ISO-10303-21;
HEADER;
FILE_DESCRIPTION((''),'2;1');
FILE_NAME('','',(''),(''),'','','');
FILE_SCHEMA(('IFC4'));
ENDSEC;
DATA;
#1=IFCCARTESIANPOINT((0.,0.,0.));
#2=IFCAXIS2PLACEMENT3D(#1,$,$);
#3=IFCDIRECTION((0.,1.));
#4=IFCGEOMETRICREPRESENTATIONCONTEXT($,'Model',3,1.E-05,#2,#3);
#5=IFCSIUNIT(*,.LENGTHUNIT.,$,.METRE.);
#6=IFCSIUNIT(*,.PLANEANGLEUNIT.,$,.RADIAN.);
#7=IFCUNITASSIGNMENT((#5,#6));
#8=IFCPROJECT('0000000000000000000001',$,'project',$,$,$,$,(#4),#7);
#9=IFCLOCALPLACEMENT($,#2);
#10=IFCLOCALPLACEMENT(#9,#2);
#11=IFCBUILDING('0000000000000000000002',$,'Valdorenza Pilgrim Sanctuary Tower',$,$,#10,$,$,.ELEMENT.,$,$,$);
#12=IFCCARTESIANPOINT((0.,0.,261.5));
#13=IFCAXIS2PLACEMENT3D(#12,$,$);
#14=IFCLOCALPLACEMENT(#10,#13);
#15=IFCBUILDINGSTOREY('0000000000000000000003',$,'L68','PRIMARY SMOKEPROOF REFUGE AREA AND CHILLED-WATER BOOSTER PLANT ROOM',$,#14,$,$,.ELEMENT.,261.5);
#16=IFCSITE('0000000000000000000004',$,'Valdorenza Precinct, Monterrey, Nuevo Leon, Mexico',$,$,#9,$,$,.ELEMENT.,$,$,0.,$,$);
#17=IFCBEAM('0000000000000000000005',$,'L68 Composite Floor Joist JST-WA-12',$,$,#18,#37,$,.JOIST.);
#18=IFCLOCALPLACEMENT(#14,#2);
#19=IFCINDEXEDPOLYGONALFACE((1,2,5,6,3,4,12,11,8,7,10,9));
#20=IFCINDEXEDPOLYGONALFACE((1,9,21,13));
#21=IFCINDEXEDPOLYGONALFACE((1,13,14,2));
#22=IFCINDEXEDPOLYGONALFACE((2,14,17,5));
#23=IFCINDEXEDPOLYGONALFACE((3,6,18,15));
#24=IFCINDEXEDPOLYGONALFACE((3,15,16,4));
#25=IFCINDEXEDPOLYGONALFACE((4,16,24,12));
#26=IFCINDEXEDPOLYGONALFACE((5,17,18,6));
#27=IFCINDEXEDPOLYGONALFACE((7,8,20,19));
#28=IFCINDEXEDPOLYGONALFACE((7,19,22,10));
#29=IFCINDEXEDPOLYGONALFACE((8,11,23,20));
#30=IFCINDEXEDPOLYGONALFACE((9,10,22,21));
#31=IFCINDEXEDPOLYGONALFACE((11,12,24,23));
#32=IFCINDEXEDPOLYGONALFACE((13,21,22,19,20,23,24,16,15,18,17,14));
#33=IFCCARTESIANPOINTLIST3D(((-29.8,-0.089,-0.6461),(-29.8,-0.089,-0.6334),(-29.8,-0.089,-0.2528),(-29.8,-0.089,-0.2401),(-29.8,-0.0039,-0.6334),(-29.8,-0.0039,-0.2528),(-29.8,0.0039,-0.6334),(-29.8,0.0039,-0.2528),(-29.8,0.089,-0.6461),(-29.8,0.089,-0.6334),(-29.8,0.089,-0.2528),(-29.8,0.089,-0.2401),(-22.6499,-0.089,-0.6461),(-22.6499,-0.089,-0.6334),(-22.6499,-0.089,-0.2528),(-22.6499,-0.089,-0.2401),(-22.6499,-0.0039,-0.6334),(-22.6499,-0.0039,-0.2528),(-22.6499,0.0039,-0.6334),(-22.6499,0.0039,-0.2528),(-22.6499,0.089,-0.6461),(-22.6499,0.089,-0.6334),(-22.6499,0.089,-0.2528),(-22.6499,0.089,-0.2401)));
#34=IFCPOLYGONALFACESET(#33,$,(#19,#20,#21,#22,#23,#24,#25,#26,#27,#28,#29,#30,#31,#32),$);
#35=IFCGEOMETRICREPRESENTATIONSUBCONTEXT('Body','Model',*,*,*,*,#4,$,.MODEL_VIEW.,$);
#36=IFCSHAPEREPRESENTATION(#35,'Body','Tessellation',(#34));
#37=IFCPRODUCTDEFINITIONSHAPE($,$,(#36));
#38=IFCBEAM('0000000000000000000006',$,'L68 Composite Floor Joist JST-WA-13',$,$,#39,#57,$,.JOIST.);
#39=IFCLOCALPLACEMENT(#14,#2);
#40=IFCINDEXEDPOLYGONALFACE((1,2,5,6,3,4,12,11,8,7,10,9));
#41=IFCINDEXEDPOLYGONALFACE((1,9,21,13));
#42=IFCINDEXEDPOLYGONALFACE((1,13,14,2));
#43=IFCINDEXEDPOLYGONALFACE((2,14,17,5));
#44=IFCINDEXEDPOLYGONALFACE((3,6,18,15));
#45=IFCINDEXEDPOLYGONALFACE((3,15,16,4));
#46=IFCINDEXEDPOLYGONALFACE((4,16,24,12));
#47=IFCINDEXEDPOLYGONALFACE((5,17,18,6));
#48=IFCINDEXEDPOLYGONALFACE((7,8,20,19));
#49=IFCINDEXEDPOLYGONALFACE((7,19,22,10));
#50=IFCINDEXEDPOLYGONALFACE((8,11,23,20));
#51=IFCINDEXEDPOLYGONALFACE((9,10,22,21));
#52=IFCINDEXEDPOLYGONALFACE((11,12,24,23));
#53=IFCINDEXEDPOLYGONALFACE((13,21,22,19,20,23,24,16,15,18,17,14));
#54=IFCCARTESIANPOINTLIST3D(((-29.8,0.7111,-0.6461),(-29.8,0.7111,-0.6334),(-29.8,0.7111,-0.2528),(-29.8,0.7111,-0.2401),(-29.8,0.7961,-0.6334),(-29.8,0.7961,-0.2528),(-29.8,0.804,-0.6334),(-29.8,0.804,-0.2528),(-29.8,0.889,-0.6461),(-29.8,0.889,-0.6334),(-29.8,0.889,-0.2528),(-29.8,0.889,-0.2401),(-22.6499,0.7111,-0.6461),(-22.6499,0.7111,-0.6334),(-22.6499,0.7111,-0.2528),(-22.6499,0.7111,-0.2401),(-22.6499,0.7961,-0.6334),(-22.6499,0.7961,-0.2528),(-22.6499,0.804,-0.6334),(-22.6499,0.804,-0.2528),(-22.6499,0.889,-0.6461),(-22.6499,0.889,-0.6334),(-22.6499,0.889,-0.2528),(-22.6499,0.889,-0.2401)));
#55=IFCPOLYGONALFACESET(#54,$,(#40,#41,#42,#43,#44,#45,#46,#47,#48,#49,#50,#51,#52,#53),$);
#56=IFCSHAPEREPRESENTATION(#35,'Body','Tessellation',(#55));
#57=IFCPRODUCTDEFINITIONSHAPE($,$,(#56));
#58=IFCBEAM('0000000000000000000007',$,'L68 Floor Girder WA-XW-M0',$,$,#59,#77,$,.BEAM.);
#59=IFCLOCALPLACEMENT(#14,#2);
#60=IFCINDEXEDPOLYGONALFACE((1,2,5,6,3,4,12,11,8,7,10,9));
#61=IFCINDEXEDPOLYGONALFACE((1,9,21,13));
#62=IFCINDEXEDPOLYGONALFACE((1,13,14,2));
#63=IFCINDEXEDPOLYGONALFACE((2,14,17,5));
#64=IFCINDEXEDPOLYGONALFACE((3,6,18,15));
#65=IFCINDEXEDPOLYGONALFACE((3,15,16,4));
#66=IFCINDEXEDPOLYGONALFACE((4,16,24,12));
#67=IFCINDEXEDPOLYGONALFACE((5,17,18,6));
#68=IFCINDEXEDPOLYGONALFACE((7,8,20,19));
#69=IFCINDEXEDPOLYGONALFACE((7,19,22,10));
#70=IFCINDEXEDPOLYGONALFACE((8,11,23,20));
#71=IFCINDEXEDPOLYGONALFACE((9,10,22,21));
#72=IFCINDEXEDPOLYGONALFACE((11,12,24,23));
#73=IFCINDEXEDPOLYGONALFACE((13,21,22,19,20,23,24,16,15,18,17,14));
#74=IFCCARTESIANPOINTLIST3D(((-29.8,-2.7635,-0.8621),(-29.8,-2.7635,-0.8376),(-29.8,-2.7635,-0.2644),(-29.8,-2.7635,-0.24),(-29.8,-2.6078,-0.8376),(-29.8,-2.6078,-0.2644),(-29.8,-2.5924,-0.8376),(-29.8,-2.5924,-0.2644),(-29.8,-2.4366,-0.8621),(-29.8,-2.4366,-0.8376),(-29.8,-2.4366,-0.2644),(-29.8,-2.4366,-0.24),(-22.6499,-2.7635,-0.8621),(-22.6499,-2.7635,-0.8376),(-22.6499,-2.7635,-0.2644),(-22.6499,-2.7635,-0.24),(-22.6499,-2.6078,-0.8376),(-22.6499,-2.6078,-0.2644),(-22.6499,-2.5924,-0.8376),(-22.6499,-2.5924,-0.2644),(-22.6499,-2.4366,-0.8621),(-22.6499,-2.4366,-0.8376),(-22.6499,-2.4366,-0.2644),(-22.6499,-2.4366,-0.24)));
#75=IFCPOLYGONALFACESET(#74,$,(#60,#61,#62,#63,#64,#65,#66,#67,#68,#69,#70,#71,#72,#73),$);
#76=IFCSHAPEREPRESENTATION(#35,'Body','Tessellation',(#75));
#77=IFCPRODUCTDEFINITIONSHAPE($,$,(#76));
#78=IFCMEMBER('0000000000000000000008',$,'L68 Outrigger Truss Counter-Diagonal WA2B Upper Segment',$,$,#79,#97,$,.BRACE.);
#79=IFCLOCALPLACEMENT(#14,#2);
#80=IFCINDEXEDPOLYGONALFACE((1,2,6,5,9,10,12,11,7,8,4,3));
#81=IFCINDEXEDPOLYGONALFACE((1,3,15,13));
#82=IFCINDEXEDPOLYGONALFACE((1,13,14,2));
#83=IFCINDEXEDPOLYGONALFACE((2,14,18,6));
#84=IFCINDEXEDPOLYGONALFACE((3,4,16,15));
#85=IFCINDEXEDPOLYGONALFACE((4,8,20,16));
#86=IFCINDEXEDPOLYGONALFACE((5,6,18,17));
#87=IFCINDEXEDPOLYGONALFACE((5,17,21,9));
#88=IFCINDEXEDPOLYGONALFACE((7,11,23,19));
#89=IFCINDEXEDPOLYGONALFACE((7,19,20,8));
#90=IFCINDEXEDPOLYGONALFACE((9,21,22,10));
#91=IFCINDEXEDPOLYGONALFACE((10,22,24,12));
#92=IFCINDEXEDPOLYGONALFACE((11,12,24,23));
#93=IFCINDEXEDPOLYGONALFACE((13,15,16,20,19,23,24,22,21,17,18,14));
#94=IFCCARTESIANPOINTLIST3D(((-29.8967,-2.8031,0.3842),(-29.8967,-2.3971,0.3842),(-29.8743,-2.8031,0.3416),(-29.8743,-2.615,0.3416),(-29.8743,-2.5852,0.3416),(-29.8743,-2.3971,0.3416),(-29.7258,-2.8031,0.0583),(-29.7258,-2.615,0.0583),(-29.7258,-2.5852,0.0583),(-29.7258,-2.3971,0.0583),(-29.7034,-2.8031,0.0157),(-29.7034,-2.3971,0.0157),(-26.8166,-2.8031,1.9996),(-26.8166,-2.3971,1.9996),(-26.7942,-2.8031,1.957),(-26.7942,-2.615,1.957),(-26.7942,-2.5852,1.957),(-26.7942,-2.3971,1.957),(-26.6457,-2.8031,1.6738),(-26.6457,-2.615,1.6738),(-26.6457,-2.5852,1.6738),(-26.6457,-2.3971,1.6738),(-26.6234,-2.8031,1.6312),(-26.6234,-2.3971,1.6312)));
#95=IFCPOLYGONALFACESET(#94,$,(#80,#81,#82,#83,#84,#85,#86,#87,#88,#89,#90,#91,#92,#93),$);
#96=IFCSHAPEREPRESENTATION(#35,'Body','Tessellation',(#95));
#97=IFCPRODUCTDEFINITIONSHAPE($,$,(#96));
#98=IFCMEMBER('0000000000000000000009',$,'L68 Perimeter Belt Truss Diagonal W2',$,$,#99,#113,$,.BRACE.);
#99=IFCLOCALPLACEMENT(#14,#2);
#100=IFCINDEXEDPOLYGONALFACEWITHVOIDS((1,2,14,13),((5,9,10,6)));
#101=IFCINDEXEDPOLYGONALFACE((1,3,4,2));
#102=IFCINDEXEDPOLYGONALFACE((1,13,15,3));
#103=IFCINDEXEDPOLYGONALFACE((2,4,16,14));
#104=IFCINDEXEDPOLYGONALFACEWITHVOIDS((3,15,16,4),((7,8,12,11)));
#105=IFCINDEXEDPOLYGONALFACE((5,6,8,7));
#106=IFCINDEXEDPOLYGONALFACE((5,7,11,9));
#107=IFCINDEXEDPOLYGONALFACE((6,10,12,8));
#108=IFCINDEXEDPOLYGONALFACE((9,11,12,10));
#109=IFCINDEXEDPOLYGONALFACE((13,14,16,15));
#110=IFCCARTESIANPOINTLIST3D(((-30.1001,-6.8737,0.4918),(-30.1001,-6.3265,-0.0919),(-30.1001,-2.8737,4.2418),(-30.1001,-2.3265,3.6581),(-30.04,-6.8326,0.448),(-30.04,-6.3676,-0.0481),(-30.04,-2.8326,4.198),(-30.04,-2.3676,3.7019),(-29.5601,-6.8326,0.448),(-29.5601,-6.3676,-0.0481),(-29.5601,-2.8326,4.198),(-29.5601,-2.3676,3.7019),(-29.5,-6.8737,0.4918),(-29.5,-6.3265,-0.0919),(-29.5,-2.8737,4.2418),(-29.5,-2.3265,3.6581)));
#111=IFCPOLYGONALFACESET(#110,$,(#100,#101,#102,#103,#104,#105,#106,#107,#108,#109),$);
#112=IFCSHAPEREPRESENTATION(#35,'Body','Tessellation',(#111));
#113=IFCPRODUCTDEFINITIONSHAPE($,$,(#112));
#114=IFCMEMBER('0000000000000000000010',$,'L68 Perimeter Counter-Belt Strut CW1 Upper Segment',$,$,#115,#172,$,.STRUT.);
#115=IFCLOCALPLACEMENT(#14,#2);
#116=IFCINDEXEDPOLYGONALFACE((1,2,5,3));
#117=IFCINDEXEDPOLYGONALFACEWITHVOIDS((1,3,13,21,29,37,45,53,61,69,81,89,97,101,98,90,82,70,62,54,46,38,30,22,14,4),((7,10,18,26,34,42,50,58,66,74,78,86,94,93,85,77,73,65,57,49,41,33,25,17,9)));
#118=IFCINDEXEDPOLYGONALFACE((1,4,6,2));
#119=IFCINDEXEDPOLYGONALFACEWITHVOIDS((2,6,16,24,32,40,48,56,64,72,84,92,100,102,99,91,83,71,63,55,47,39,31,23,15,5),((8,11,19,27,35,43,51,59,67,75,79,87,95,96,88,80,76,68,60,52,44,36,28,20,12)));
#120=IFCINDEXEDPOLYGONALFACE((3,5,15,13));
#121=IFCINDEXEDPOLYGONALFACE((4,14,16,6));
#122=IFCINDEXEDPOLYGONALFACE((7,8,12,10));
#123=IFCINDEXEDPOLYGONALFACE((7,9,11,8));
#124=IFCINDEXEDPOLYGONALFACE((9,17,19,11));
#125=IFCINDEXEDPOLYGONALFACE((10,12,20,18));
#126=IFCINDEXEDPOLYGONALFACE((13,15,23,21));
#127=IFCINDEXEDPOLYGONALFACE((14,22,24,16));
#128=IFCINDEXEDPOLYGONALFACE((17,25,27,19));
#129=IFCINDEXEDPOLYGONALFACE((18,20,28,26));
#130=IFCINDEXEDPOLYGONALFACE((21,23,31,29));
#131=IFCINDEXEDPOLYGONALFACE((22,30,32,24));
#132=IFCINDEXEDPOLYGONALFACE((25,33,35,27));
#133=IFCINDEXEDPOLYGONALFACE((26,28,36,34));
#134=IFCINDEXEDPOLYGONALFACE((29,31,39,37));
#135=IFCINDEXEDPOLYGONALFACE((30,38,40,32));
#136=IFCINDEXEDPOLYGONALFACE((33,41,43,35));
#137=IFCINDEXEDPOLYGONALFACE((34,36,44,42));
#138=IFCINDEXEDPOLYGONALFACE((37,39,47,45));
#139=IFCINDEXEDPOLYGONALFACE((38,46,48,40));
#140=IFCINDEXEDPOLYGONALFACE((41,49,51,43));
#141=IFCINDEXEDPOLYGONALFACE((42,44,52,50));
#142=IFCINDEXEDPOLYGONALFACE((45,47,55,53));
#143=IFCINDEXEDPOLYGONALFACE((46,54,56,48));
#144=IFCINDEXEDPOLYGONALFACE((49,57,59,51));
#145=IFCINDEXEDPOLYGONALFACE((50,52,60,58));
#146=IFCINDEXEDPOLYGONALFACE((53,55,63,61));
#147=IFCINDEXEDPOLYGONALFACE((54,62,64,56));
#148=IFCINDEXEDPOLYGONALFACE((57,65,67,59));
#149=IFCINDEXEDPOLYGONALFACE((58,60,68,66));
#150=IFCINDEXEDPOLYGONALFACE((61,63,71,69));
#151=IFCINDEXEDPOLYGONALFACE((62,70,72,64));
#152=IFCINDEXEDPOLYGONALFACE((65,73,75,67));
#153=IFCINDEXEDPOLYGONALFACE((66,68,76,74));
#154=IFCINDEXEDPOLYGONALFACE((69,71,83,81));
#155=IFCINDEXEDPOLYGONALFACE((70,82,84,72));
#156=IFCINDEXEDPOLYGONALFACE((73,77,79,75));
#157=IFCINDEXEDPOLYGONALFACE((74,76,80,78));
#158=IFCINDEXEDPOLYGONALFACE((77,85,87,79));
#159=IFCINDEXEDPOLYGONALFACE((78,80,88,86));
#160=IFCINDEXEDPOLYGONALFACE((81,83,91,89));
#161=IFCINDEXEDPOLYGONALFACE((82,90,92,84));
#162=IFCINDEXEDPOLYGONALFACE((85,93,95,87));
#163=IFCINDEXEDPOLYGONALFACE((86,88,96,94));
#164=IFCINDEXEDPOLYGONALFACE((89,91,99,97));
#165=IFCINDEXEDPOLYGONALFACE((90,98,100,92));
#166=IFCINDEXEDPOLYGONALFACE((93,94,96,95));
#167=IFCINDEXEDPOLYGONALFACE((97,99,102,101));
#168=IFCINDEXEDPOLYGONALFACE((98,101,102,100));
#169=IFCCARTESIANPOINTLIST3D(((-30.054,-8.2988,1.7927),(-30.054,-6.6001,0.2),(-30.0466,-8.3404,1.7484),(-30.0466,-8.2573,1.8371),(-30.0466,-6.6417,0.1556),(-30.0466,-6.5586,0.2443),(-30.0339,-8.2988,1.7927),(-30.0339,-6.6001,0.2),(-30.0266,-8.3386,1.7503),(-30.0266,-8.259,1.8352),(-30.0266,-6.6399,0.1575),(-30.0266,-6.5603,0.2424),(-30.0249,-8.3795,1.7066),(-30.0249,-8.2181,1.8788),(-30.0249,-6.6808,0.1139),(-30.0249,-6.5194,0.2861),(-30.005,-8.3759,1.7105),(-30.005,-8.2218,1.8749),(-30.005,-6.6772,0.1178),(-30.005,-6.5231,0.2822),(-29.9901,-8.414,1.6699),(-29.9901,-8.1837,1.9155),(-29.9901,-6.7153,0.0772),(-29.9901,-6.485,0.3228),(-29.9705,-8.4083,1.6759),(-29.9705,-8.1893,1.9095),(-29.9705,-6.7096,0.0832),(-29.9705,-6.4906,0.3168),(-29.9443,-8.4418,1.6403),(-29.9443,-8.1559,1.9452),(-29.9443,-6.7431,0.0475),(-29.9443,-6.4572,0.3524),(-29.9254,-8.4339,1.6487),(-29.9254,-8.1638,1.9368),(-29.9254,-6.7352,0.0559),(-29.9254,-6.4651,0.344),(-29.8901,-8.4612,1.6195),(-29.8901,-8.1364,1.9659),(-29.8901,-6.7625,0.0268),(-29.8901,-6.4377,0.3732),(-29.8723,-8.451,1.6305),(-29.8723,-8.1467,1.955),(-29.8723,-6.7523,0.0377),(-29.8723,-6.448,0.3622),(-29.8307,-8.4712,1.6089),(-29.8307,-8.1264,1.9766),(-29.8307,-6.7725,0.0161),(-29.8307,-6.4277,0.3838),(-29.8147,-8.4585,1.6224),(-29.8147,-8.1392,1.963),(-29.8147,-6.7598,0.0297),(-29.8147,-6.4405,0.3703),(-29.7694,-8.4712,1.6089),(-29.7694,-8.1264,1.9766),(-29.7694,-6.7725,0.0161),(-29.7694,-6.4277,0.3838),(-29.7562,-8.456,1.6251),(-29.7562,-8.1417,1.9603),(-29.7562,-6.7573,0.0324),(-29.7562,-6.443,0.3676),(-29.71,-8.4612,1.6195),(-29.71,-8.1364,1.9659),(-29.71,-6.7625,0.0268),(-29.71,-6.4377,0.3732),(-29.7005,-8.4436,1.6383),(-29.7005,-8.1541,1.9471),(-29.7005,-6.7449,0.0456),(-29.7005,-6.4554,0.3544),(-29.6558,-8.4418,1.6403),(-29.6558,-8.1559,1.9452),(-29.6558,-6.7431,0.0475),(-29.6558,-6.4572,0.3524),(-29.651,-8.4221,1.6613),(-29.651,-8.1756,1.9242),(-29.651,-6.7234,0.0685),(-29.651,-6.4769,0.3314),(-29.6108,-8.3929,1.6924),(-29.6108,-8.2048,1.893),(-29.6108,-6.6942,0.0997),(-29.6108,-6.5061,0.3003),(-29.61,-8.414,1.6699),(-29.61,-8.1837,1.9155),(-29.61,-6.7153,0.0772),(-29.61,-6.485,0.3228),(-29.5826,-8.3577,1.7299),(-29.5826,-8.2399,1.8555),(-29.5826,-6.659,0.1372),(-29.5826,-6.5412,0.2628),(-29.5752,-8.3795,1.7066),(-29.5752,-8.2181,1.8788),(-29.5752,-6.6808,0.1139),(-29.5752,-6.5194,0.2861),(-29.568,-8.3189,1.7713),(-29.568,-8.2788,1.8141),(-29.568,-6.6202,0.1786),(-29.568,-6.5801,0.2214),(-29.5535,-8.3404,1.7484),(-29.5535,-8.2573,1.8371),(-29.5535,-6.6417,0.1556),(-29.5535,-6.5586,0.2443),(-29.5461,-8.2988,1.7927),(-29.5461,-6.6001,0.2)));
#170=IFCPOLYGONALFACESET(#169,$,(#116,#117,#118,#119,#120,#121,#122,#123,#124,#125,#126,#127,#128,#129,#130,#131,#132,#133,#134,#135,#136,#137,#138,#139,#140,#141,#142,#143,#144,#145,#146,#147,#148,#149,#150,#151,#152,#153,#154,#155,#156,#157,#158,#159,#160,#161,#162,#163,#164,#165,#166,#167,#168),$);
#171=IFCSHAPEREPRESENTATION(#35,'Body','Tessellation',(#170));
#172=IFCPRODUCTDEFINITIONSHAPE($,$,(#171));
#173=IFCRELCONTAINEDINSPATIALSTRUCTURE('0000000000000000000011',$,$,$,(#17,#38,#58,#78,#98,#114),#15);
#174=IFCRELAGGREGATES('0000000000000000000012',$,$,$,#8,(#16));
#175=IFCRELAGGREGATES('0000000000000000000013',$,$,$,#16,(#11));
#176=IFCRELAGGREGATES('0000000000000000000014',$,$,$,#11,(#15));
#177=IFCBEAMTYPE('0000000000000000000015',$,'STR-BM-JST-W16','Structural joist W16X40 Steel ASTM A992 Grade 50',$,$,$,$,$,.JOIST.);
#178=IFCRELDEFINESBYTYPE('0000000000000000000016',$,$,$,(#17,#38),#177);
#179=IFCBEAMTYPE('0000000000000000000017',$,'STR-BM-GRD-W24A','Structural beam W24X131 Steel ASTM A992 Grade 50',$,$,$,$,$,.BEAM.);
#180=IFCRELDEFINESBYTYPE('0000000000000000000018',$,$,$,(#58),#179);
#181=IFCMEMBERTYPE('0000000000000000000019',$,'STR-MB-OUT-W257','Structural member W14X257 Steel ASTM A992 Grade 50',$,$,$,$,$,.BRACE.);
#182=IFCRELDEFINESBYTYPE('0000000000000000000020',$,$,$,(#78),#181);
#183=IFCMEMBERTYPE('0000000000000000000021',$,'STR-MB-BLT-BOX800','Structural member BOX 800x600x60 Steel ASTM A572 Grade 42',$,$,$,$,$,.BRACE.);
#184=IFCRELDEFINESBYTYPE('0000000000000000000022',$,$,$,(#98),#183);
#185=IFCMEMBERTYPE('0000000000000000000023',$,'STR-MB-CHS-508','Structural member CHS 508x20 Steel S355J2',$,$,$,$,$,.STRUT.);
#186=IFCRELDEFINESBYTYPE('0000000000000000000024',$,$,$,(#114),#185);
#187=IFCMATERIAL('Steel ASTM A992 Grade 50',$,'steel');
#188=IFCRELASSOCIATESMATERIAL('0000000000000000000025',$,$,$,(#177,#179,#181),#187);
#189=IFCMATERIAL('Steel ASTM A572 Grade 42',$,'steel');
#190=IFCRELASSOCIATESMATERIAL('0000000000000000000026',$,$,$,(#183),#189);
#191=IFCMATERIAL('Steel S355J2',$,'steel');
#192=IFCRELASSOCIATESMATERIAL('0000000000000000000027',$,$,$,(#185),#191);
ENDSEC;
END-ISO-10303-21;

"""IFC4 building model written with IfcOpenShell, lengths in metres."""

from ifc_helpers import new_model, si_unit, direction, frame, origin, origin_2d, place, context, subcontext, project, spatial, hollow_rectangle, hollow_circle, i_section, extrude, source, transform, mapped, material, material_profile, profile_set, type_object, element, save


model = new_model("IFC4")

# Units and contexts
model_context = context("Model", 3, precision=1e-05, world=origin(), true_north=direction((0.0, 1.0)))
body_context = subcontext(model_context, "Body", "Model", "MODEL_VIEW")
ifc_project = project(units=[si_unit("LENGTHUNIT", "METRE"), si_unit("PLANEANGLEUNIT", "RADIAN")], contexts=[model_context])

# Site, building, storey
site_placement = place(None, origin())
site = spatial("IfcSite", under=ifc_project, at=site_placement, Name="Valdorenza Precinct, Monterrey, Nuevo Leon, Mexico", CompositionType="ELEMENT", RefElevation=0.0)
building_placement = place(site_placement, origin())
building = spatial("IfcBuilding", under=site, at=building_placement, Name="Valdorenza Pilgrim Sanctuary Tower", CompositionType="ELEMENT")
storey_placement = place(building_placement, frame((0.0, 0.0, 261.5)))
storey = spatial("IfcBuildingStorey", under=building, at=storey_placement, Name="L68", Description="PRIMARY SMOKEPROOF REFUGE AREA AND CHILLED-WATER BOOSTER PLANT ROOM", CompositionType="ELEMENT", Elevation=261.5)

# Beams
ifc_material_1 = material(Name="Steel ASTM A992 Grade 50", Category="steel")
ifc_material_profile_1 = material_profile(ifc_material_1, i_section(OverallWidth=0.178, OverallDepth=0.406, WebThickness=0.0078, FlangeThickness=0.0127, at=origin_2d()), Name="W16X40")
ifc_profile_set_1 = profile_set([ifc_material_profile_1], Name="Steel ASTM A992 Grade 50")
beam_type_1 = type_object("IfcBeamType", Name="STR-BM-JST-W16", Description="Structural joist W16X40 Steel ASTM A992 Grade 50", PredefinedType="JOIST", material=ifc_profile_set_1)
shared_shape_1 = source(origin(), body_context, "Body", "SweptSolid", [
    extrude(i_section(OverallWidth=0.178, OverallDepth=0.406, WebThickness=0.0078, FlangeThickness=0.0127, at=origin_2d()), origin(), (0.0, 0.0, 1.0), 7.1501),
])
for number, where, z_axis, x_axis, name in (
    (1, (-29.8, 0.0, -0.4431), (1.0, 0.0, 0.0), (0.0, 1.0, 0.0), "L68 Composite Floor Joist JST-WA-12"),
    (2, (-29.8, 0.8, -0.4431), (1.0, 0.0, 0.0), (0.0, 1.0, 0.0), "L68 Composite Floor Joist JST-WA-13"),
):
    element("IfcBeam", number, at=place(storey_placement, frame(where, z_axis=z_axis, x_axis=x_axis)), inside=storey, type_object=beam_type_1, Name=name, PredefinedType="JOIST", context=body_context, shape_type="MappedRepresentation", body=[
        mapped(shared_shape_1, transform((0.0, 0.0, 0.0), x_axis=(1.0, 0.0, 0.0), y_axis=(0.0, 1.0, 0.0), z_axis=(0.0, 0.0, 1.0), scale=1.0)),
    ])
ifc_material_profile_2 = material_profile(ifc_material_1, i_section(OverallWidth=0.3269, OverallDepth=0.6221, WebThickness=0.0154, FlangeThickness=0.0244, at=origin_2d()), Name="W24X131")
ifc_profile_set_2 = profile_set([ifc_material_profile_2], Name="Steel ASTM A992 Grade 50")
beam_type_2 = type_object("IfcBeamType", Name="STR-BM-GRD-W24A", Description="Structural beam W24X131 Steel ASTM A992 Grade 50", PredefinedType="BEAM", material=ifc_profile_set_2)
shared_shape_2 = source(origin(), body_context, "Body", "SweptSolid", [
    extrude(i_section(OverallWidth=0.3269, OverallDepth=0.6221, WebThickness=0.0154, FlangeThickness=0.0244, at=origin_2d()), origin(), (0.0, 0.0, 1.0), 7.1501),
])
beam_1_placement = place(storey_placement, frame((-29.8, -2.6001, -0.551), z_axis=(1.0, 0.0, 0.0), x_axis=(0.0, 1.0, 0.0)))
element("IfcBeam", 3, at=beam_1_placement, inside=storey, type_object=beam_type_2, Name="L68 Floor Girder WA-XW-M0", PredefinedType="BEAM", context=body_context, shape_type="MappedRepresentation", body=[
    mapped(shared_shape_2, transform((0.0, 0.0, 0.0), x_axis=(1.0, 0.0, 0.0), y_axis=(0.0, 1.0, 0.0), z_axis=(0.0, 0.0, 1.0), scale=1.0)),
])

# Members
ifc_material_profile_3 = material_profile(ifc_material_1, i_section(OverallWidth=0.406, OverallDepth=0.416, WebThickness=0.0298, FlangeThickness=0.0481, at=origin_2d()), Name="W14X257")
ifc_profile_set_3 = profile_set([ifc_material_profile_3], Name="Steel ASTM A992 Grade 50")
member_type_1 = type_object("IfcMemberType", Name="STR-MB-OUT-W257", Description="Structural member W14X257 Steel ASTM A992 Grade 50", PredefinedType="BRACE", material=ifc_profile_set_3)
shared_shape_3 = source(origin(), body_context, "Body", "SweptSolid", [
    extrude(i_section(OverallWidth=0.406, OverallDepth=0.416, WebThickness=0.0298, FlangeThickness=0.0481, at=origin_2d()), origin(), (0.0, 0.0, 1.0), 3.478),
])
member_1_placement = place(storey_placement, frame((-26.72, -2.6001, 1.8154), z_axis=(-0.885583, 0.0, -0.464482), x_axis=(0.0, -1.0, 0.0)))
element("IfcMember", 4, at=member_1_placement, inside=storey, type_object=member_type_1, Name="L68 Outrigger Truss Counter-Diagonal WA2B Upper Segment", PredefinedType="BRACE", context=body_context, shape_type="MappedRepresentation", body=[
    mapped(shared_shape_3, transform((0.0, 0.0, 0.0), x_axis=(1.0, 0.0, 0.0), y_axis=(0.0, 1.0, 0.0), z_axis=(0.0, 0.0, 1.0), scale=1.0)),
])
ifc_material_2 = material(Name="Steel ASTM A572 Grade 42", Category="steel")
ifc_material_profile_4 = material_profile(ifc_material_2, hollow_rectangle(XDim=0.6001, YDim=0.8, WallThickness=0.0601, at=origin_2d()), Name="BOX 800x600x60")
ifc_profile_set_4 = profile_set([ifc_material_profile_4], Name="Steel ASTM A572 Grade 42")
member_type_2 = type_object("IfcMemberType", Name="STR-MB-BLT-BOX800", Description="Structural member BOX 800x600x60 Steel ASTM A572 Grade 42", PredefinedType="BRACE", material=ifc_profile_set_4)
shared_shape_4 = source(origin(), body_context, "Body", "SweptSolid", [
    extrude(hollow_rectangle(XDim=0.6001, YDim=0.8, WallThickness=0.0601, at=origin_2d()), origin(), (0.0, 0.0, 1.0), 5.4829),
])
member_2_placement = place(storey_placement, frame((-29.8, -6.6001, 0.2), z_axis=(0.0, 0.729537, 0.683941), x_axis=(-1.0, 0.0, 0.0)))
element("IfcMember", 5, at=member_2_placement, inside=storey, type_object=member_type_2, Name="L68 Perimeter Belt Truss Diagonal W2", PredefinedType="BRACE", context=body_context, shape_type="MappedRepresentation", body=[
    mapped(shared_shape_4, transform((0.0, 0.0, 0.0), x_axis=(1.0, 0.0, 0.0), y_axis=(0.0, 1.0, 0.0), z_axis=(0.0, 0.0, 1.0), scale=1.0)),
])
ifc_material_3 = material(Name="Steel S355J2", Category="steel")
ifc_material_profile_5 = material_profile(ifc_material_3, hollow_circle(Radius=0.2539, WallThickness=0.02, at=origin_2d()), Name="CHS 508x20")
ifc_profile_set_5 = profile_set([ifc_material_profile_5], Name="Steel S355J2")
member_type_3 = type_object("IfcMemberType", Name="STR-MB-CHS-508", Description="Structural member CHS 508x20 Steel S355J2", PredefinedType="STRUT", material=ifc_profile_set_5)
shared_shape_5 = source(origin(), body_context, "Body", "SweptSolid", [
    extrude(hollow_circle(Radius=0.2539, WallThickness=0.02, at=origin_2d()), origin(), (0.0, 0.0, 1.0), 2.3286),
])
for number, where, z_axis, x_axis, name in (
    (6, (-29.8, -8.2988, 1.7927), (0.0, 0.729491, -0.68399), (-1.0, 0.0, 0.0), "L68 Perimeter Counter-Belt Strut CW1 Upper Segment"),
):
    element("IfcMember", number, at=place(storey_placement, frame(where, z_axis=z_axis, x_axis=x_axis)), inside=storey, type_object=member_type_3, Name=name, PredefinedType="STRUT", context=body_context, shape_type="MappedRepresentation", body=[
        mapped(shared_shape_5, transform((0.0, 0.0, 0.0), x_axis=(1.0, 0.0, 0.0), y_axis=(0.0, 1.0, 0.0), z_axis=(0.0, 0.0, 1.0), scale=1.0)),
    ])

save(model, "model.ifc")
